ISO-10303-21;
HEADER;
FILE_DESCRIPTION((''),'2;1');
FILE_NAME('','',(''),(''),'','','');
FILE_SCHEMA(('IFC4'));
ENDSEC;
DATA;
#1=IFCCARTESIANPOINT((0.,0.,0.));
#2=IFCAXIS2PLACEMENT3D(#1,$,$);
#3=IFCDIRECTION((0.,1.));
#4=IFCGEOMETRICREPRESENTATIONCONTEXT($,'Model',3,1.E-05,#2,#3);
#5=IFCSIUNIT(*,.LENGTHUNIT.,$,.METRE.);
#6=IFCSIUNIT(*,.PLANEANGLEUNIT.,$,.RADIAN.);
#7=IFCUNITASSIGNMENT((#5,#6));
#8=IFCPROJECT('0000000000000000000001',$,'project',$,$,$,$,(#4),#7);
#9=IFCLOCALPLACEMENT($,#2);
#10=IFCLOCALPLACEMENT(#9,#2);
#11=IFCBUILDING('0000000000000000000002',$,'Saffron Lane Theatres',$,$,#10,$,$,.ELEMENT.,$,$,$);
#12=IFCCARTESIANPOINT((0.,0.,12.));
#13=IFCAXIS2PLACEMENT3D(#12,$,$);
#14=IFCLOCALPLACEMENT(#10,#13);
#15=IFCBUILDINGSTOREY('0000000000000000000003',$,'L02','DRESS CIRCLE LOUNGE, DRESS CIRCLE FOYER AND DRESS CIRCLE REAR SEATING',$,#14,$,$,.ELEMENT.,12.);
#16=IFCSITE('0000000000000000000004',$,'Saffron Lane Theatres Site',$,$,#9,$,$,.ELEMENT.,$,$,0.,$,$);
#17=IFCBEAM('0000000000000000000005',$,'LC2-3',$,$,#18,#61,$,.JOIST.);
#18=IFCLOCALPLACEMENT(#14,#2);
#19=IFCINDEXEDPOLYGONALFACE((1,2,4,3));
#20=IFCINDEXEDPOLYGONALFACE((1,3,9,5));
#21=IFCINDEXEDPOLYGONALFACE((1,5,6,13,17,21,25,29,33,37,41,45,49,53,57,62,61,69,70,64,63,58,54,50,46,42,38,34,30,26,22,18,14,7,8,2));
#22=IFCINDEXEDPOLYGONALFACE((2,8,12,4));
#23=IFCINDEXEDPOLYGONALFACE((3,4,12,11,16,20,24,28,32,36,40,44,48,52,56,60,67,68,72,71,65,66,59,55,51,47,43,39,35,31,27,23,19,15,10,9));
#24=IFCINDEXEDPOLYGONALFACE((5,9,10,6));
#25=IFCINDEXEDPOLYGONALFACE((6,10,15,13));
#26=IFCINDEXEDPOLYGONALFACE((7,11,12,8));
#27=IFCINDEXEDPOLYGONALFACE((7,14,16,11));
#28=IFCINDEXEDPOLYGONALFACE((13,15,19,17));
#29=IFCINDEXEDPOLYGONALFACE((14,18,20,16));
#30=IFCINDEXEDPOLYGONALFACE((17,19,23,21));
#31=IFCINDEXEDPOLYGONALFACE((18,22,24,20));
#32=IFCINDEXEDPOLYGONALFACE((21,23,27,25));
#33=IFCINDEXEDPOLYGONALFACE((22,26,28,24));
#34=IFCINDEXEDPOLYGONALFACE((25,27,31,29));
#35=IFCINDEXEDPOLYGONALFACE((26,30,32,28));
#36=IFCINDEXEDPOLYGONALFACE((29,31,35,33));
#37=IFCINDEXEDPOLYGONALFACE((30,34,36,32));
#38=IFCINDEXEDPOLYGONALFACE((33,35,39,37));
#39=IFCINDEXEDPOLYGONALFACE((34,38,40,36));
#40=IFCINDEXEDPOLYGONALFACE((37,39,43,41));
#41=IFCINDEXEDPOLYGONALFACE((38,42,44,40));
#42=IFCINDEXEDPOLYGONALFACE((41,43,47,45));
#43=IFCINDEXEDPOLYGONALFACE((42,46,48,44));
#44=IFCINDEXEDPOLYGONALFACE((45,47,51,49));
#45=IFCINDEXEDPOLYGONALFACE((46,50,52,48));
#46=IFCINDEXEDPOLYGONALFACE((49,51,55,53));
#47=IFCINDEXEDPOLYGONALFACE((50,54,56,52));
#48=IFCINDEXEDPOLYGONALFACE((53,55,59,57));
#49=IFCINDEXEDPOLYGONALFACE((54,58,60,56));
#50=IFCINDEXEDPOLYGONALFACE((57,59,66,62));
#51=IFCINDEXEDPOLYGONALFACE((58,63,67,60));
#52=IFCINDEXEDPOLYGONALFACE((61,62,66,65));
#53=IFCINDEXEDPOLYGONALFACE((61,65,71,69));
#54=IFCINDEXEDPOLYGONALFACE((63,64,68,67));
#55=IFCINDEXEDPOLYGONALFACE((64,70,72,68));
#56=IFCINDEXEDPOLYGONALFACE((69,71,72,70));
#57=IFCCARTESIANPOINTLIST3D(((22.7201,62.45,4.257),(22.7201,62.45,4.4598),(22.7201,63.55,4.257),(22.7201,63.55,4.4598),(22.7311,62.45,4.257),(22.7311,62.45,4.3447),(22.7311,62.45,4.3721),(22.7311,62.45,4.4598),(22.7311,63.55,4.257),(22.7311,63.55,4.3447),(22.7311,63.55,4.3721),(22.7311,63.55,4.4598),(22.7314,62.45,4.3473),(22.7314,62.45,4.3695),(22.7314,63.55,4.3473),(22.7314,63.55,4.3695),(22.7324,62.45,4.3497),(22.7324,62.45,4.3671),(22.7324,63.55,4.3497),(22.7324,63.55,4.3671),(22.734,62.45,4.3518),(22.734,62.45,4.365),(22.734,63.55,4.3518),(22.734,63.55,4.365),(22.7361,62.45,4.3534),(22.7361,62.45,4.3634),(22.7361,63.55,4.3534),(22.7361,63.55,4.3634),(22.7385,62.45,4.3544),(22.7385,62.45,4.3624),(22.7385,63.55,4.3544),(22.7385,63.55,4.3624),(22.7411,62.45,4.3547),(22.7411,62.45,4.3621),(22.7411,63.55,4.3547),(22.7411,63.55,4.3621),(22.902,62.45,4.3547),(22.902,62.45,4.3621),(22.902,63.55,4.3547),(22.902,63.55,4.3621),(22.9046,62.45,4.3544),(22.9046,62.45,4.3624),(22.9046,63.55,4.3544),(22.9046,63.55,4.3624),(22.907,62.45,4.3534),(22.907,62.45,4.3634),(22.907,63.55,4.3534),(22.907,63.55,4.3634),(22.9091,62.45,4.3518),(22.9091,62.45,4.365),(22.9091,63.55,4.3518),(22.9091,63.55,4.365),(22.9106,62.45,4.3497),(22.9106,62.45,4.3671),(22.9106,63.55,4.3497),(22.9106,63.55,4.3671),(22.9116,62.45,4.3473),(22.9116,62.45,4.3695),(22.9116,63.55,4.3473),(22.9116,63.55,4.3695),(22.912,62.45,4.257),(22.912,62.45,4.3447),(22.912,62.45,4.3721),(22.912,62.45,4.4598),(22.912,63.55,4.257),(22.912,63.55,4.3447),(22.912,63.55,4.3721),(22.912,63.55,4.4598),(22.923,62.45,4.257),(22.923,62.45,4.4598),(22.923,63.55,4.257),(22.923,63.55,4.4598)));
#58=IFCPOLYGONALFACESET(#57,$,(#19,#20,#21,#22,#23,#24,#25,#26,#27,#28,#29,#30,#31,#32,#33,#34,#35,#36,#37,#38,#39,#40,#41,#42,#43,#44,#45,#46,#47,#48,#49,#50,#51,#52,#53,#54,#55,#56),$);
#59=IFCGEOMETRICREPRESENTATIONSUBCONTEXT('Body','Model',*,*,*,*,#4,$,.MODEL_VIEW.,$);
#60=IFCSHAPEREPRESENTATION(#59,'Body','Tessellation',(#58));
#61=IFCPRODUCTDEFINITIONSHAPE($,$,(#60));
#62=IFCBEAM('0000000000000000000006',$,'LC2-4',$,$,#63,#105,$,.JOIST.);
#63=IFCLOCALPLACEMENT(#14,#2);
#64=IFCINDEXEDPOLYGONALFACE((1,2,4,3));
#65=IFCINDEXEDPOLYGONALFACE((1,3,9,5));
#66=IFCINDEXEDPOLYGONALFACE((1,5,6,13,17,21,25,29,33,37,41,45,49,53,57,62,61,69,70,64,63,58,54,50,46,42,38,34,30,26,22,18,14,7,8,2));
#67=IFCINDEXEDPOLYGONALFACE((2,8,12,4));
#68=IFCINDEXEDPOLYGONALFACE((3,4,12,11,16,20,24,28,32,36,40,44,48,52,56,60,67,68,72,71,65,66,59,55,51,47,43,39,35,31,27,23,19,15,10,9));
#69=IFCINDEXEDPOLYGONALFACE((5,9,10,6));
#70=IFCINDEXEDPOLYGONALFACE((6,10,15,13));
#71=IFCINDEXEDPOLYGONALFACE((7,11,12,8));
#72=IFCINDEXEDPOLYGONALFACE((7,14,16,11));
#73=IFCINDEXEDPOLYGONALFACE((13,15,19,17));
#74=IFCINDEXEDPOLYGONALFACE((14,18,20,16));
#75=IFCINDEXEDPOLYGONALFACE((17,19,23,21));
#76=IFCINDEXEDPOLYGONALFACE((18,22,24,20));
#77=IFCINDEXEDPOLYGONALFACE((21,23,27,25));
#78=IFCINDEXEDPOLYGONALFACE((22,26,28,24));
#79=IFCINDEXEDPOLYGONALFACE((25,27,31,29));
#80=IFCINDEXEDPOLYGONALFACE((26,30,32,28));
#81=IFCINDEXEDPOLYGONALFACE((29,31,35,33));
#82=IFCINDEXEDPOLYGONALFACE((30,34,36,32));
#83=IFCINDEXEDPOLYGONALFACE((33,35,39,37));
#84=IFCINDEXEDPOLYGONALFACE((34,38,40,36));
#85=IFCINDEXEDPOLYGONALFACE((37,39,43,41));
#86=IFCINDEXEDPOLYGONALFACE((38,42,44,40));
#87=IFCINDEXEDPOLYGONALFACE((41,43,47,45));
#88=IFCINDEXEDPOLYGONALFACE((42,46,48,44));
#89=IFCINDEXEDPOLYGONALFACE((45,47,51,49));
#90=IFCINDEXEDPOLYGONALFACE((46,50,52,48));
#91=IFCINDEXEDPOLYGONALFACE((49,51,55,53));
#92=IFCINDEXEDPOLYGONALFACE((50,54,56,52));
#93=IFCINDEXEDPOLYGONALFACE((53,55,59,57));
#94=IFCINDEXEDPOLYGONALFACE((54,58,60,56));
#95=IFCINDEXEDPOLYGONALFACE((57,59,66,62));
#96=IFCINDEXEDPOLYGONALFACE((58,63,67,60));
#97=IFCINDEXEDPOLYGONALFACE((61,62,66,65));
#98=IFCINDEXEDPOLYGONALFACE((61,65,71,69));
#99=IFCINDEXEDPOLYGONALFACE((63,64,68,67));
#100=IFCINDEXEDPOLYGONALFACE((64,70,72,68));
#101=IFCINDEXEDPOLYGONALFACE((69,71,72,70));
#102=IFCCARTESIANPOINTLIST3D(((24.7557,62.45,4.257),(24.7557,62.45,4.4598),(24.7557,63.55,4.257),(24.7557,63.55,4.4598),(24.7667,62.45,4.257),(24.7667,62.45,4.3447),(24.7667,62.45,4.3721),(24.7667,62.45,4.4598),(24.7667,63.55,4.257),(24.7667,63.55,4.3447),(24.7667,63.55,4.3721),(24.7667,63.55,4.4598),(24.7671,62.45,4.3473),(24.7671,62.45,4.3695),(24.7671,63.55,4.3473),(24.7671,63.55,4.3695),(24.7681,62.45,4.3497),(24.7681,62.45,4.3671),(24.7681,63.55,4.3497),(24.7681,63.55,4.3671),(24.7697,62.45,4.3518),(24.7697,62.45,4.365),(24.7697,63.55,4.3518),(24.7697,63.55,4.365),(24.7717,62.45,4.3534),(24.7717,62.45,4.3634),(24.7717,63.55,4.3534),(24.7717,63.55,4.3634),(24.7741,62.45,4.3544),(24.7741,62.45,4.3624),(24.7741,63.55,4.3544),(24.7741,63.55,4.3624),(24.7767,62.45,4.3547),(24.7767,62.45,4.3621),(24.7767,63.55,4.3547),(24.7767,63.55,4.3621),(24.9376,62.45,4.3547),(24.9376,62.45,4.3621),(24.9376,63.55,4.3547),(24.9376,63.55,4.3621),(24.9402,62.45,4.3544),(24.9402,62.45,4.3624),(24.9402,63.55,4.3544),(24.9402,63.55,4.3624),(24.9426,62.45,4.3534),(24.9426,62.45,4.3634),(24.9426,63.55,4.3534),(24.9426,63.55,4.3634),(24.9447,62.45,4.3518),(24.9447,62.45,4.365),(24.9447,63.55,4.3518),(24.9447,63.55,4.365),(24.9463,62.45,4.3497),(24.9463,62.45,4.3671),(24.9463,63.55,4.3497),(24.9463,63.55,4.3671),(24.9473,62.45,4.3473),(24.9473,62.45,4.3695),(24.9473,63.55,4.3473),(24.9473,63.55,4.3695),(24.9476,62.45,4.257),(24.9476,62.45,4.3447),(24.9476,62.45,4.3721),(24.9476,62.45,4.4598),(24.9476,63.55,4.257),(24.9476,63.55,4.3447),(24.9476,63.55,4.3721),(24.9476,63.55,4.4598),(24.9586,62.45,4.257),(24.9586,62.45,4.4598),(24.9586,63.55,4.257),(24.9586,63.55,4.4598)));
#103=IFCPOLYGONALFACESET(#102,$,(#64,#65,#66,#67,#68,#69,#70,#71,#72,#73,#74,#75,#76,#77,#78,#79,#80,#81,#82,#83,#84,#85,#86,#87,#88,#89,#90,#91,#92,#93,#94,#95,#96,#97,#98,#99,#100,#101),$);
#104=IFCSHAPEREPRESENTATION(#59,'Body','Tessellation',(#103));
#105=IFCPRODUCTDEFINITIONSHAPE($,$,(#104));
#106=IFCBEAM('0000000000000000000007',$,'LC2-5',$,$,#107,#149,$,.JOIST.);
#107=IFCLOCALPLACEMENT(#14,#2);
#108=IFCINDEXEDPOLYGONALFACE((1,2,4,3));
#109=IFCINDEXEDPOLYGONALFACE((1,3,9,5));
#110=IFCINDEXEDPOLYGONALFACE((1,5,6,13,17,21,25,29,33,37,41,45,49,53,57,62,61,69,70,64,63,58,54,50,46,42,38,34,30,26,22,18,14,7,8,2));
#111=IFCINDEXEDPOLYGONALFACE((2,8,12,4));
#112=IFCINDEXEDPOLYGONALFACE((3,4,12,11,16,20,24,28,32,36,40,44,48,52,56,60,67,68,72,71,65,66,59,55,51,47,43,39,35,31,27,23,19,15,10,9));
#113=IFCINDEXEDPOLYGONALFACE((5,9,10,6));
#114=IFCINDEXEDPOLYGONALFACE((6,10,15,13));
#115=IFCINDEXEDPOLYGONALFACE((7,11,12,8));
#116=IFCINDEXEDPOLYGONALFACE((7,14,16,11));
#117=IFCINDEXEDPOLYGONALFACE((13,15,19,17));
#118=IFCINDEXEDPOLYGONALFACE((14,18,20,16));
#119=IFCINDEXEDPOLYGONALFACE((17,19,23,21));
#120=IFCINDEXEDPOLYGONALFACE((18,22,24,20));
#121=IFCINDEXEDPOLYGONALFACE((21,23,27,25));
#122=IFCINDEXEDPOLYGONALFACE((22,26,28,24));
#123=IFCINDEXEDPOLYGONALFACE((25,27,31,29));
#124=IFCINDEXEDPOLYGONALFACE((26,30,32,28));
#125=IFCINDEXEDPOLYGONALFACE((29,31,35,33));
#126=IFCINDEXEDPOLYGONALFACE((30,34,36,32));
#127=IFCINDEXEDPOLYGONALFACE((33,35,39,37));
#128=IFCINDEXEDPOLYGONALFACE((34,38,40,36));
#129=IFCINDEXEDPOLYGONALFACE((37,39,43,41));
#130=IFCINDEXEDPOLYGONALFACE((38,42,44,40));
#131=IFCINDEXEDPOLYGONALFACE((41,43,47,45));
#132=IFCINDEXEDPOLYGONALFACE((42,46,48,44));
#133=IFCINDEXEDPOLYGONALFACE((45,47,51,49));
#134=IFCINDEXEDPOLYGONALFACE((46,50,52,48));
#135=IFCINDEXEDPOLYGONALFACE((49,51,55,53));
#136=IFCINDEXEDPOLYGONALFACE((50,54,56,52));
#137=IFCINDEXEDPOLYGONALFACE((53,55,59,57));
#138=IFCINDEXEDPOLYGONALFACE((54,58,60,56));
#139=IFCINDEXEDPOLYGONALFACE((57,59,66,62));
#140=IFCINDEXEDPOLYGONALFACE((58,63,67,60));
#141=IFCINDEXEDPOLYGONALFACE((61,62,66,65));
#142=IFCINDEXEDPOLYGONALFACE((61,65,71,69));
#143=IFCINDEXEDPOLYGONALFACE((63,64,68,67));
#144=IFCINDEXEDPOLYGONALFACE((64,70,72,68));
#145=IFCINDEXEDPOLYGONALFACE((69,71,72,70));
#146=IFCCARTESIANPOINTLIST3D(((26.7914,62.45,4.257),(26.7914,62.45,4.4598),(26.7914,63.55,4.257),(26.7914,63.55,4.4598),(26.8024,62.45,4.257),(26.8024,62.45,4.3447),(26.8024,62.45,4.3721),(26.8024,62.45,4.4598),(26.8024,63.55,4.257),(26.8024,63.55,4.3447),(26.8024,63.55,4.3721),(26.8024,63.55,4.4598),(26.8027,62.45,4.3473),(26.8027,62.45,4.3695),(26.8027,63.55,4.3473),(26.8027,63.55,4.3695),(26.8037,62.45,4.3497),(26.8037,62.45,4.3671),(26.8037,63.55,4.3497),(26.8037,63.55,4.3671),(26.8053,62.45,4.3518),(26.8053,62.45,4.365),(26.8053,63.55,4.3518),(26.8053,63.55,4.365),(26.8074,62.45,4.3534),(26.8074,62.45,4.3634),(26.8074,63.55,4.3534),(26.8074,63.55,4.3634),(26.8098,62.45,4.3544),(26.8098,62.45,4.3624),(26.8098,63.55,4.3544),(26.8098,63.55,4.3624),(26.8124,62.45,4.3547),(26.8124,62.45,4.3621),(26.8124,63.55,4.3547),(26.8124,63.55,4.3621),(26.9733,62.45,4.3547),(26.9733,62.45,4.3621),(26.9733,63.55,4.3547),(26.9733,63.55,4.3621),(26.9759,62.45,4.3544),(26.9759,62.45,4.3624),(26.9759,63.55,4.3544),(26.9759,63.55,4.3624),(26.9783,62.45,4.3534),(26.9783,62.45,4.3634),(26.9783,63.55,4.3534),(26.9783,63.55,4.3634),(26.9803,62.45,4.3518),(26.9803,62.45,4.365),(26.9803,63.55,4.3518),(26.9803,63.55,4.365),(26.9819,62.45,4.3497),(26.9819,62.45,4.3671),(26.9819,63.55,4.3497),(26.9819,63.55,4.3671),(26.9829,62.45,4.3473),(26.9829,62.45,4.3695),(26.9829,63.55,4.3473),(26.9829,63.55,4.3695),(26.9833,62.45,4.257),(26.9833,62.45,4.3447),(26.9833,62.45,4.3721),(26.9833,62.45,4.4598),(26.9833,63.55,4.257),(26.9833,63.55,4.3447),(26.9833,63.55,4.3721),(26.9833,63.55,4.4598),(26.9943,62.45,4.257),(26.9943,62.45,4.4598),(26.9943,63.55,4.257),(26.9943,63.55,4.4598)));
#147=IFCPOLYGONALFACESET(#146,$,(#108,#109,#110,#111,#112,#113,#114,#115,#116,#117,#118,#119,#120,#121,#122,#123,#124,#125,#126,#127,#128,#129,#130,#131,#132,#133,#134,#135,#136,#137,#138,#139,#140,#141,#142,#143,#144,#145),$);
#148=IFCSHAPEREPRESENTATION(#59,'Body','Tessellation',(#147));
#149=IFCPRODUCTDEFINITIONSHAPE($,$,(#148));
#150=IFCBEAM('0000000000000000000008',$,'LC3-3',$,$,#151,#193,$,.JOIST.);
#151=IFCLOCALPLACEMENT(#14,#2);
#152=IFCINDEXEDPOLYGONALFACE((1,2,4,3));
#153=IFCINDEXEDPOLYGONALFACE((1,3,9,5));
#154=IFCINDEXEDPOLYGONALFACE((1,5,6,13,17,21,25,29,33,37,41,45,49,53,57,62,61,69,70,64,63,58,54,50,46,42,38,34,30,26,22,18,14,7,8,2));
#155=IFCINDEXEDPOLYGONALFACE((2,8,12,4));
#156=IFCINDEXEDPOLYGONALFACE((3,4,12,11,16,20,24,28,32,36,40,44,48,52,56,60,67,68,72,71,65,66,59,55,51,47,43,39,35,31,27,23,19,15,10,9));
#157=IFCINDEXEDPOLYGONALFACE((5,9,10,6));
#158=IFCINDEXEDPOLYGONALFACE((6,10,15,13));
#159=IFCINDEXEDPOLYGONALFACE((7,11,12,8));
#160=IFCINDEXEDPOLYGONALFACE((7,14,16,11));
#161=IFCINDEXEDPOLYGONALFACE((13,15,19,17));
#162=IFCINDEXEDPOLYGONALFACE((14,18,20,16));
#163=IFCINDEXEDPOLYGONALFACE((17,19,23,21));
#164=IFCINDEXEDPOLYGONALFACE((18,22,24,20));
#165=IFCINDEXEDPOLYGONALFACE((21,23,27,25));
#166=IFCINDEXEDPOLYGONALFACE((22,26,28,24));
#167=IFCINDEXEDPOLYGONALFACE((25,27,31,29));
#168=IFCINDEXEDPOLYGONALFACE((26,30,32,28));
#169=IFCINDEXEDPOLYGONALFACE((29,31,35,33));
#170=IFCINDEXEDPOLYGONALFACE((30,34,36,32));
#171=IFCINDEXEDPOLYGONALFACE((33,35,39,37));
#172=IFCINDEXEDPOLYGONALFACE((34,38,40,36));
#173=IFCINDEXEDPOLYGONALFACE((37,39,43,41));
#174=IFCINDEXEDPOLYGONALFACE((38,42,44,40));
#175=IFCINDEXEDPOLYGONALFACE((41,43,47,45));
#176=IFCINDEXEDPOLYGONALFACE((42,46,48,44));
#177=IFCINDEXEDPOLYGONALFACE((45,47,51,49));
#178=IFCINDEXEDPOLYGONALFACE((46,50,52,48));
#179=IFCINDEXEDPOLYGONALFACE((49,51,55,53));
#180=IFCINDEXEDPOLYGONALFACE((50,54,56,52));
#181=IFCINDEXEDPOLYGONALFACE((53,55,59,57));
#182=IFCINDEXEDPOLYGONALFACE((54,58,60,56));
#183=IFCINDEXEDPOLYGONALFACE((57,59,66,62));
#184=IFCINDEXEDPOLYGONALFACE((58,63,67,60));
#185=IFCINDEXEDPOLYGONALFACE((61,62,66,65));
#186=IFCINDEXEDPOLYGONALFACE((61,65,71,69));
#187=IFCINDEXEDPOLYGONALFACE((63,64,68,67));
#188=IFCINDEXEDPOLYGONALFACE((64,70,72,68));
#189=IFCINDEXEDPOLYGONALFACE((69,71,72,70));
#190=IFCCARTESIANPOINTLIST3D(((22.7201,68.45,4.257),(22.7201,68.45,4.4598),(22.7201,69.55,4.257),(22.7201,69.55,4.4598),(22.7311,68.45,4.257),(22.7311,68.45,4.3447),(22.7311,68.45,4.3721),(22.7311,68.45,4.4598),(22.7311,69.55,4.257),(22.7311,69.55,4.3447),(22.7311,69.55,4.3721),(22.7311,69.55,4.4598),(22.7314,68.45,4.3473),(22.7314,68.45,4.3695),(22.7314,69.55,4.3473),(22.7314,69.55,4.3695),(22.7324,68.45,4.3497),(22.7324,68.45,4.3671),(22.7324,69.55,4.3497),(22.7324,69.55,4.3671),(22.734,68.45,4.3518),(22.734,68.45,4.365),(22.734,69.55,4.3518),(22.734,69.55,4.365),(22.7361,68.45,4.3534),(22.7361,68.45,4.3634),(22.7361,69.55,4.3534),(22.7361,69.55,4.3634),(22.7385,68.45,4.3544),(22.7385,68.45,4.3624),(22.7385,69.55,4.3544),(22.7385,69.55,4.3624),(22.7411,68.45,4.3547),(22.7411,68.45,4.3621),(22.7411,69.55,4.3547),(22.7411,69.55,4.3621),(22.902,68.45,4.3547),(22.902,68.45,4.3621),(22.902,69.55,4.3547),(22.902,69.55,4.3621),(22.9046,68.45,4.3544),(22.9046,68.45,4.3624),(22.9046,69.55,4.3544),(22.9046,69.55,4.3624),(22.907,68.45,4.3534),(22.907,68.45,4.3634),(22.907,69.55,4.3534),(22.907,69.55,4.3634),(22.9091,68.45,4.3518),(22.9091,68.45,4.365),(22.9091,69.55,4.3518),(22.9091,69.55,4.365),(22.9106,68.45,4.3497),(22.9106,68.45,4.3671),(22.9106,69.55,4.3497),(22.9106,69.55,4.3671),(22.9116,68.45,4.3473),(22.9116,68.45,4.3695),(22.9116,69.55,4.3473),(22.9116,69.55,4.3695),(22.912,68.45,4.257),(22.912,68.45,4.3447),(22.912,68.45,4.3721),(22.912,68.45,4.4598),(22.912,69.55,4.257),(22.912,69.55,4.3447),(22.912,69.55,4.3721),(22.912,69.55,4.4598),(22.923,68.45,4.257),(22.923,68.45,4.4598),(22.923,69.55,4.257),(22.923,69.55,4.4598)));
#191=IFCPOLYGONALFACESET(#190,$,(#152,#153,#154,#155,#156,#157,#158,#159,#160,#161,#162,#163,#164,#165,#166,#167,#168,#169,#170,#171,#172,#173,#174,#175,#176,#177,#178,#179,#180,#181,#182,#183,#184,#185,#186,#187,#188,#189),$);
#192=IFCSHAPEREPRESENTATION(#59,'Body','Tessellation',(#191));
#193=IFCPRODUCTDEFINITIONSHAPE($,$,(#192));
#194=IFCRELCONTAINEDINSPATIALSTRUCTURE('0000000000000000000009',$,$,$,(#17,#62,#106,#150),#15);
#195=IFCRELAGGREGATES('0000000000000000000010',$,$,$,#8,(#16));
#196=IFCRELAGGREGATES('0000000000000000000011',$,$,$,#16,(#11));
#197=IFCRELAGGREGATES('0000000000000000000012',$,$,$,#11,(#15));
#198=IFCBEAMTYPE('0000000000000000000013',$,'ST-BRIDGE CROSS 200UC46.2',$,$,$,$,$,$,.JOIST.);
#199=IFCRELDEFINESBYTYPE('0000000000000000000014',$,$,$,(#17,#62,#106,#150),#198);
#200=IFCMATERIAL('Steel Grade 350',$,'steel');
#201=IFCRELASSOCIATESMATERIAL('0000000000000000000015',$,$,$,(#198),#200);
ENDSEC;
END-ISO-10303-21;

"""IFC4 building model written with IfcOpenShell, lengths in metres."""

from ifc_helpers import new_model, si_unit, direction, frame, origin, origin_2d, place, context, subcontext, project, spatial, i_section, extrude, material, material_profile, profile_set, type_object, element, save


model = new_model("IFC4")

# Units and contexts
model_context = context("Model", 3, precision=1e-05, world=origin(), true_north=direction((0.0, 1.0)))
body_context = subcontext(model_context, "Body", "Model", "MODEL_VIEW")
ifc_project = project(units=[si_unit("LENGTHUNIT", "METRE"), si_unit("PLANEANGLEUNIT", "RADIAN")], contexts=[model_context])

# Site, building, storey
site_placement = place(None, origin())
site = spatial("IfcSite", under=ifc_project, at=site_placement, Name="Saffron Lane Theatres Site", CompositionType="ELEMENT", RefElevation=0.0)
building_placement = place(site_placement, origin())
building = spatial("IfcBuilding", under=site, at=building_placement, Name="Saffron Lane Theatres", CompositionType="ELEMENT")
storey_placement = place(building_placement, frame((0.0, 0.0, 12.0)))
storey = spatial("IfcBuildingStorey", under=building, at=storey_placement, Name="L02", Description="DRESS CIRCLE LOUNGE, DRESS CIRCLE FOYER AND DRESS CIRCLE REAR SEATING", CompositionType="ELEMENT", Elevation=12.0)

# Beams
ifc_material_1 = material(Name="Steel Grade 350", Category="steel")
ifc_material_profile_1 = material_profile(ifc_material_1, i_section(OverallWidth=0.2029, OverallDepth=0.2029, WebThickness=0.0073, FlangeThickness=0.011, FilletRadius=0.01, at=origin_2d()))
ifc_profile_set_1 = profile_set([ifc_material_profile_1], Name="Steel Grade 350")
beam_type = type_object("IfcBeamType", Name="ST-BRIDGE CROSS 200UC46.2", PredefinedType="JOIST", material=ifc_profile_set_1)
for number, where, z_axis, x_axis, name in (
    (1, (22.8215, 62.45, 4.3584), (0.0, 1.0, 0.0), (0.0, 0.0, 1.0), "LC2-3"),
    (2, (24.8572, 62.45, 4.3584), (0.0, 1.0, 0.0), (0.0, 0.0, 1.0), "LC2-4"),
    (3, (26.8928, 62.45, 4.3584), (0.0, 1.0, 0.0), (0.0, 0.0, 1.0), "LC2-5"),
    (4, (22.8215, 68.45, 4.3584), (0.0, 1.0, 0.0), (0.0, 0.0, 1.0), "LC3-3"),
):
    element("IfcBeam", number, at=place(storey_placement, frame(where, z_axis=z_axis, x_axis=x_axis)), inside=storey, type_object=beam_type, Name=name, PredefinedType="JOIST", context=body_context, shape_type="SweptSolid", body=[
        extrude(i_section(OverallWidth=0.2029, OverallDepth=0.2029, WebThickness=0.0073, FlangeThickness=0.011, FilletRadius=0.01, at=origin_2d()), origin(), (0.0, 0.0, 1.0), 1.1001),
    ])

save(model, "model.ifc")
